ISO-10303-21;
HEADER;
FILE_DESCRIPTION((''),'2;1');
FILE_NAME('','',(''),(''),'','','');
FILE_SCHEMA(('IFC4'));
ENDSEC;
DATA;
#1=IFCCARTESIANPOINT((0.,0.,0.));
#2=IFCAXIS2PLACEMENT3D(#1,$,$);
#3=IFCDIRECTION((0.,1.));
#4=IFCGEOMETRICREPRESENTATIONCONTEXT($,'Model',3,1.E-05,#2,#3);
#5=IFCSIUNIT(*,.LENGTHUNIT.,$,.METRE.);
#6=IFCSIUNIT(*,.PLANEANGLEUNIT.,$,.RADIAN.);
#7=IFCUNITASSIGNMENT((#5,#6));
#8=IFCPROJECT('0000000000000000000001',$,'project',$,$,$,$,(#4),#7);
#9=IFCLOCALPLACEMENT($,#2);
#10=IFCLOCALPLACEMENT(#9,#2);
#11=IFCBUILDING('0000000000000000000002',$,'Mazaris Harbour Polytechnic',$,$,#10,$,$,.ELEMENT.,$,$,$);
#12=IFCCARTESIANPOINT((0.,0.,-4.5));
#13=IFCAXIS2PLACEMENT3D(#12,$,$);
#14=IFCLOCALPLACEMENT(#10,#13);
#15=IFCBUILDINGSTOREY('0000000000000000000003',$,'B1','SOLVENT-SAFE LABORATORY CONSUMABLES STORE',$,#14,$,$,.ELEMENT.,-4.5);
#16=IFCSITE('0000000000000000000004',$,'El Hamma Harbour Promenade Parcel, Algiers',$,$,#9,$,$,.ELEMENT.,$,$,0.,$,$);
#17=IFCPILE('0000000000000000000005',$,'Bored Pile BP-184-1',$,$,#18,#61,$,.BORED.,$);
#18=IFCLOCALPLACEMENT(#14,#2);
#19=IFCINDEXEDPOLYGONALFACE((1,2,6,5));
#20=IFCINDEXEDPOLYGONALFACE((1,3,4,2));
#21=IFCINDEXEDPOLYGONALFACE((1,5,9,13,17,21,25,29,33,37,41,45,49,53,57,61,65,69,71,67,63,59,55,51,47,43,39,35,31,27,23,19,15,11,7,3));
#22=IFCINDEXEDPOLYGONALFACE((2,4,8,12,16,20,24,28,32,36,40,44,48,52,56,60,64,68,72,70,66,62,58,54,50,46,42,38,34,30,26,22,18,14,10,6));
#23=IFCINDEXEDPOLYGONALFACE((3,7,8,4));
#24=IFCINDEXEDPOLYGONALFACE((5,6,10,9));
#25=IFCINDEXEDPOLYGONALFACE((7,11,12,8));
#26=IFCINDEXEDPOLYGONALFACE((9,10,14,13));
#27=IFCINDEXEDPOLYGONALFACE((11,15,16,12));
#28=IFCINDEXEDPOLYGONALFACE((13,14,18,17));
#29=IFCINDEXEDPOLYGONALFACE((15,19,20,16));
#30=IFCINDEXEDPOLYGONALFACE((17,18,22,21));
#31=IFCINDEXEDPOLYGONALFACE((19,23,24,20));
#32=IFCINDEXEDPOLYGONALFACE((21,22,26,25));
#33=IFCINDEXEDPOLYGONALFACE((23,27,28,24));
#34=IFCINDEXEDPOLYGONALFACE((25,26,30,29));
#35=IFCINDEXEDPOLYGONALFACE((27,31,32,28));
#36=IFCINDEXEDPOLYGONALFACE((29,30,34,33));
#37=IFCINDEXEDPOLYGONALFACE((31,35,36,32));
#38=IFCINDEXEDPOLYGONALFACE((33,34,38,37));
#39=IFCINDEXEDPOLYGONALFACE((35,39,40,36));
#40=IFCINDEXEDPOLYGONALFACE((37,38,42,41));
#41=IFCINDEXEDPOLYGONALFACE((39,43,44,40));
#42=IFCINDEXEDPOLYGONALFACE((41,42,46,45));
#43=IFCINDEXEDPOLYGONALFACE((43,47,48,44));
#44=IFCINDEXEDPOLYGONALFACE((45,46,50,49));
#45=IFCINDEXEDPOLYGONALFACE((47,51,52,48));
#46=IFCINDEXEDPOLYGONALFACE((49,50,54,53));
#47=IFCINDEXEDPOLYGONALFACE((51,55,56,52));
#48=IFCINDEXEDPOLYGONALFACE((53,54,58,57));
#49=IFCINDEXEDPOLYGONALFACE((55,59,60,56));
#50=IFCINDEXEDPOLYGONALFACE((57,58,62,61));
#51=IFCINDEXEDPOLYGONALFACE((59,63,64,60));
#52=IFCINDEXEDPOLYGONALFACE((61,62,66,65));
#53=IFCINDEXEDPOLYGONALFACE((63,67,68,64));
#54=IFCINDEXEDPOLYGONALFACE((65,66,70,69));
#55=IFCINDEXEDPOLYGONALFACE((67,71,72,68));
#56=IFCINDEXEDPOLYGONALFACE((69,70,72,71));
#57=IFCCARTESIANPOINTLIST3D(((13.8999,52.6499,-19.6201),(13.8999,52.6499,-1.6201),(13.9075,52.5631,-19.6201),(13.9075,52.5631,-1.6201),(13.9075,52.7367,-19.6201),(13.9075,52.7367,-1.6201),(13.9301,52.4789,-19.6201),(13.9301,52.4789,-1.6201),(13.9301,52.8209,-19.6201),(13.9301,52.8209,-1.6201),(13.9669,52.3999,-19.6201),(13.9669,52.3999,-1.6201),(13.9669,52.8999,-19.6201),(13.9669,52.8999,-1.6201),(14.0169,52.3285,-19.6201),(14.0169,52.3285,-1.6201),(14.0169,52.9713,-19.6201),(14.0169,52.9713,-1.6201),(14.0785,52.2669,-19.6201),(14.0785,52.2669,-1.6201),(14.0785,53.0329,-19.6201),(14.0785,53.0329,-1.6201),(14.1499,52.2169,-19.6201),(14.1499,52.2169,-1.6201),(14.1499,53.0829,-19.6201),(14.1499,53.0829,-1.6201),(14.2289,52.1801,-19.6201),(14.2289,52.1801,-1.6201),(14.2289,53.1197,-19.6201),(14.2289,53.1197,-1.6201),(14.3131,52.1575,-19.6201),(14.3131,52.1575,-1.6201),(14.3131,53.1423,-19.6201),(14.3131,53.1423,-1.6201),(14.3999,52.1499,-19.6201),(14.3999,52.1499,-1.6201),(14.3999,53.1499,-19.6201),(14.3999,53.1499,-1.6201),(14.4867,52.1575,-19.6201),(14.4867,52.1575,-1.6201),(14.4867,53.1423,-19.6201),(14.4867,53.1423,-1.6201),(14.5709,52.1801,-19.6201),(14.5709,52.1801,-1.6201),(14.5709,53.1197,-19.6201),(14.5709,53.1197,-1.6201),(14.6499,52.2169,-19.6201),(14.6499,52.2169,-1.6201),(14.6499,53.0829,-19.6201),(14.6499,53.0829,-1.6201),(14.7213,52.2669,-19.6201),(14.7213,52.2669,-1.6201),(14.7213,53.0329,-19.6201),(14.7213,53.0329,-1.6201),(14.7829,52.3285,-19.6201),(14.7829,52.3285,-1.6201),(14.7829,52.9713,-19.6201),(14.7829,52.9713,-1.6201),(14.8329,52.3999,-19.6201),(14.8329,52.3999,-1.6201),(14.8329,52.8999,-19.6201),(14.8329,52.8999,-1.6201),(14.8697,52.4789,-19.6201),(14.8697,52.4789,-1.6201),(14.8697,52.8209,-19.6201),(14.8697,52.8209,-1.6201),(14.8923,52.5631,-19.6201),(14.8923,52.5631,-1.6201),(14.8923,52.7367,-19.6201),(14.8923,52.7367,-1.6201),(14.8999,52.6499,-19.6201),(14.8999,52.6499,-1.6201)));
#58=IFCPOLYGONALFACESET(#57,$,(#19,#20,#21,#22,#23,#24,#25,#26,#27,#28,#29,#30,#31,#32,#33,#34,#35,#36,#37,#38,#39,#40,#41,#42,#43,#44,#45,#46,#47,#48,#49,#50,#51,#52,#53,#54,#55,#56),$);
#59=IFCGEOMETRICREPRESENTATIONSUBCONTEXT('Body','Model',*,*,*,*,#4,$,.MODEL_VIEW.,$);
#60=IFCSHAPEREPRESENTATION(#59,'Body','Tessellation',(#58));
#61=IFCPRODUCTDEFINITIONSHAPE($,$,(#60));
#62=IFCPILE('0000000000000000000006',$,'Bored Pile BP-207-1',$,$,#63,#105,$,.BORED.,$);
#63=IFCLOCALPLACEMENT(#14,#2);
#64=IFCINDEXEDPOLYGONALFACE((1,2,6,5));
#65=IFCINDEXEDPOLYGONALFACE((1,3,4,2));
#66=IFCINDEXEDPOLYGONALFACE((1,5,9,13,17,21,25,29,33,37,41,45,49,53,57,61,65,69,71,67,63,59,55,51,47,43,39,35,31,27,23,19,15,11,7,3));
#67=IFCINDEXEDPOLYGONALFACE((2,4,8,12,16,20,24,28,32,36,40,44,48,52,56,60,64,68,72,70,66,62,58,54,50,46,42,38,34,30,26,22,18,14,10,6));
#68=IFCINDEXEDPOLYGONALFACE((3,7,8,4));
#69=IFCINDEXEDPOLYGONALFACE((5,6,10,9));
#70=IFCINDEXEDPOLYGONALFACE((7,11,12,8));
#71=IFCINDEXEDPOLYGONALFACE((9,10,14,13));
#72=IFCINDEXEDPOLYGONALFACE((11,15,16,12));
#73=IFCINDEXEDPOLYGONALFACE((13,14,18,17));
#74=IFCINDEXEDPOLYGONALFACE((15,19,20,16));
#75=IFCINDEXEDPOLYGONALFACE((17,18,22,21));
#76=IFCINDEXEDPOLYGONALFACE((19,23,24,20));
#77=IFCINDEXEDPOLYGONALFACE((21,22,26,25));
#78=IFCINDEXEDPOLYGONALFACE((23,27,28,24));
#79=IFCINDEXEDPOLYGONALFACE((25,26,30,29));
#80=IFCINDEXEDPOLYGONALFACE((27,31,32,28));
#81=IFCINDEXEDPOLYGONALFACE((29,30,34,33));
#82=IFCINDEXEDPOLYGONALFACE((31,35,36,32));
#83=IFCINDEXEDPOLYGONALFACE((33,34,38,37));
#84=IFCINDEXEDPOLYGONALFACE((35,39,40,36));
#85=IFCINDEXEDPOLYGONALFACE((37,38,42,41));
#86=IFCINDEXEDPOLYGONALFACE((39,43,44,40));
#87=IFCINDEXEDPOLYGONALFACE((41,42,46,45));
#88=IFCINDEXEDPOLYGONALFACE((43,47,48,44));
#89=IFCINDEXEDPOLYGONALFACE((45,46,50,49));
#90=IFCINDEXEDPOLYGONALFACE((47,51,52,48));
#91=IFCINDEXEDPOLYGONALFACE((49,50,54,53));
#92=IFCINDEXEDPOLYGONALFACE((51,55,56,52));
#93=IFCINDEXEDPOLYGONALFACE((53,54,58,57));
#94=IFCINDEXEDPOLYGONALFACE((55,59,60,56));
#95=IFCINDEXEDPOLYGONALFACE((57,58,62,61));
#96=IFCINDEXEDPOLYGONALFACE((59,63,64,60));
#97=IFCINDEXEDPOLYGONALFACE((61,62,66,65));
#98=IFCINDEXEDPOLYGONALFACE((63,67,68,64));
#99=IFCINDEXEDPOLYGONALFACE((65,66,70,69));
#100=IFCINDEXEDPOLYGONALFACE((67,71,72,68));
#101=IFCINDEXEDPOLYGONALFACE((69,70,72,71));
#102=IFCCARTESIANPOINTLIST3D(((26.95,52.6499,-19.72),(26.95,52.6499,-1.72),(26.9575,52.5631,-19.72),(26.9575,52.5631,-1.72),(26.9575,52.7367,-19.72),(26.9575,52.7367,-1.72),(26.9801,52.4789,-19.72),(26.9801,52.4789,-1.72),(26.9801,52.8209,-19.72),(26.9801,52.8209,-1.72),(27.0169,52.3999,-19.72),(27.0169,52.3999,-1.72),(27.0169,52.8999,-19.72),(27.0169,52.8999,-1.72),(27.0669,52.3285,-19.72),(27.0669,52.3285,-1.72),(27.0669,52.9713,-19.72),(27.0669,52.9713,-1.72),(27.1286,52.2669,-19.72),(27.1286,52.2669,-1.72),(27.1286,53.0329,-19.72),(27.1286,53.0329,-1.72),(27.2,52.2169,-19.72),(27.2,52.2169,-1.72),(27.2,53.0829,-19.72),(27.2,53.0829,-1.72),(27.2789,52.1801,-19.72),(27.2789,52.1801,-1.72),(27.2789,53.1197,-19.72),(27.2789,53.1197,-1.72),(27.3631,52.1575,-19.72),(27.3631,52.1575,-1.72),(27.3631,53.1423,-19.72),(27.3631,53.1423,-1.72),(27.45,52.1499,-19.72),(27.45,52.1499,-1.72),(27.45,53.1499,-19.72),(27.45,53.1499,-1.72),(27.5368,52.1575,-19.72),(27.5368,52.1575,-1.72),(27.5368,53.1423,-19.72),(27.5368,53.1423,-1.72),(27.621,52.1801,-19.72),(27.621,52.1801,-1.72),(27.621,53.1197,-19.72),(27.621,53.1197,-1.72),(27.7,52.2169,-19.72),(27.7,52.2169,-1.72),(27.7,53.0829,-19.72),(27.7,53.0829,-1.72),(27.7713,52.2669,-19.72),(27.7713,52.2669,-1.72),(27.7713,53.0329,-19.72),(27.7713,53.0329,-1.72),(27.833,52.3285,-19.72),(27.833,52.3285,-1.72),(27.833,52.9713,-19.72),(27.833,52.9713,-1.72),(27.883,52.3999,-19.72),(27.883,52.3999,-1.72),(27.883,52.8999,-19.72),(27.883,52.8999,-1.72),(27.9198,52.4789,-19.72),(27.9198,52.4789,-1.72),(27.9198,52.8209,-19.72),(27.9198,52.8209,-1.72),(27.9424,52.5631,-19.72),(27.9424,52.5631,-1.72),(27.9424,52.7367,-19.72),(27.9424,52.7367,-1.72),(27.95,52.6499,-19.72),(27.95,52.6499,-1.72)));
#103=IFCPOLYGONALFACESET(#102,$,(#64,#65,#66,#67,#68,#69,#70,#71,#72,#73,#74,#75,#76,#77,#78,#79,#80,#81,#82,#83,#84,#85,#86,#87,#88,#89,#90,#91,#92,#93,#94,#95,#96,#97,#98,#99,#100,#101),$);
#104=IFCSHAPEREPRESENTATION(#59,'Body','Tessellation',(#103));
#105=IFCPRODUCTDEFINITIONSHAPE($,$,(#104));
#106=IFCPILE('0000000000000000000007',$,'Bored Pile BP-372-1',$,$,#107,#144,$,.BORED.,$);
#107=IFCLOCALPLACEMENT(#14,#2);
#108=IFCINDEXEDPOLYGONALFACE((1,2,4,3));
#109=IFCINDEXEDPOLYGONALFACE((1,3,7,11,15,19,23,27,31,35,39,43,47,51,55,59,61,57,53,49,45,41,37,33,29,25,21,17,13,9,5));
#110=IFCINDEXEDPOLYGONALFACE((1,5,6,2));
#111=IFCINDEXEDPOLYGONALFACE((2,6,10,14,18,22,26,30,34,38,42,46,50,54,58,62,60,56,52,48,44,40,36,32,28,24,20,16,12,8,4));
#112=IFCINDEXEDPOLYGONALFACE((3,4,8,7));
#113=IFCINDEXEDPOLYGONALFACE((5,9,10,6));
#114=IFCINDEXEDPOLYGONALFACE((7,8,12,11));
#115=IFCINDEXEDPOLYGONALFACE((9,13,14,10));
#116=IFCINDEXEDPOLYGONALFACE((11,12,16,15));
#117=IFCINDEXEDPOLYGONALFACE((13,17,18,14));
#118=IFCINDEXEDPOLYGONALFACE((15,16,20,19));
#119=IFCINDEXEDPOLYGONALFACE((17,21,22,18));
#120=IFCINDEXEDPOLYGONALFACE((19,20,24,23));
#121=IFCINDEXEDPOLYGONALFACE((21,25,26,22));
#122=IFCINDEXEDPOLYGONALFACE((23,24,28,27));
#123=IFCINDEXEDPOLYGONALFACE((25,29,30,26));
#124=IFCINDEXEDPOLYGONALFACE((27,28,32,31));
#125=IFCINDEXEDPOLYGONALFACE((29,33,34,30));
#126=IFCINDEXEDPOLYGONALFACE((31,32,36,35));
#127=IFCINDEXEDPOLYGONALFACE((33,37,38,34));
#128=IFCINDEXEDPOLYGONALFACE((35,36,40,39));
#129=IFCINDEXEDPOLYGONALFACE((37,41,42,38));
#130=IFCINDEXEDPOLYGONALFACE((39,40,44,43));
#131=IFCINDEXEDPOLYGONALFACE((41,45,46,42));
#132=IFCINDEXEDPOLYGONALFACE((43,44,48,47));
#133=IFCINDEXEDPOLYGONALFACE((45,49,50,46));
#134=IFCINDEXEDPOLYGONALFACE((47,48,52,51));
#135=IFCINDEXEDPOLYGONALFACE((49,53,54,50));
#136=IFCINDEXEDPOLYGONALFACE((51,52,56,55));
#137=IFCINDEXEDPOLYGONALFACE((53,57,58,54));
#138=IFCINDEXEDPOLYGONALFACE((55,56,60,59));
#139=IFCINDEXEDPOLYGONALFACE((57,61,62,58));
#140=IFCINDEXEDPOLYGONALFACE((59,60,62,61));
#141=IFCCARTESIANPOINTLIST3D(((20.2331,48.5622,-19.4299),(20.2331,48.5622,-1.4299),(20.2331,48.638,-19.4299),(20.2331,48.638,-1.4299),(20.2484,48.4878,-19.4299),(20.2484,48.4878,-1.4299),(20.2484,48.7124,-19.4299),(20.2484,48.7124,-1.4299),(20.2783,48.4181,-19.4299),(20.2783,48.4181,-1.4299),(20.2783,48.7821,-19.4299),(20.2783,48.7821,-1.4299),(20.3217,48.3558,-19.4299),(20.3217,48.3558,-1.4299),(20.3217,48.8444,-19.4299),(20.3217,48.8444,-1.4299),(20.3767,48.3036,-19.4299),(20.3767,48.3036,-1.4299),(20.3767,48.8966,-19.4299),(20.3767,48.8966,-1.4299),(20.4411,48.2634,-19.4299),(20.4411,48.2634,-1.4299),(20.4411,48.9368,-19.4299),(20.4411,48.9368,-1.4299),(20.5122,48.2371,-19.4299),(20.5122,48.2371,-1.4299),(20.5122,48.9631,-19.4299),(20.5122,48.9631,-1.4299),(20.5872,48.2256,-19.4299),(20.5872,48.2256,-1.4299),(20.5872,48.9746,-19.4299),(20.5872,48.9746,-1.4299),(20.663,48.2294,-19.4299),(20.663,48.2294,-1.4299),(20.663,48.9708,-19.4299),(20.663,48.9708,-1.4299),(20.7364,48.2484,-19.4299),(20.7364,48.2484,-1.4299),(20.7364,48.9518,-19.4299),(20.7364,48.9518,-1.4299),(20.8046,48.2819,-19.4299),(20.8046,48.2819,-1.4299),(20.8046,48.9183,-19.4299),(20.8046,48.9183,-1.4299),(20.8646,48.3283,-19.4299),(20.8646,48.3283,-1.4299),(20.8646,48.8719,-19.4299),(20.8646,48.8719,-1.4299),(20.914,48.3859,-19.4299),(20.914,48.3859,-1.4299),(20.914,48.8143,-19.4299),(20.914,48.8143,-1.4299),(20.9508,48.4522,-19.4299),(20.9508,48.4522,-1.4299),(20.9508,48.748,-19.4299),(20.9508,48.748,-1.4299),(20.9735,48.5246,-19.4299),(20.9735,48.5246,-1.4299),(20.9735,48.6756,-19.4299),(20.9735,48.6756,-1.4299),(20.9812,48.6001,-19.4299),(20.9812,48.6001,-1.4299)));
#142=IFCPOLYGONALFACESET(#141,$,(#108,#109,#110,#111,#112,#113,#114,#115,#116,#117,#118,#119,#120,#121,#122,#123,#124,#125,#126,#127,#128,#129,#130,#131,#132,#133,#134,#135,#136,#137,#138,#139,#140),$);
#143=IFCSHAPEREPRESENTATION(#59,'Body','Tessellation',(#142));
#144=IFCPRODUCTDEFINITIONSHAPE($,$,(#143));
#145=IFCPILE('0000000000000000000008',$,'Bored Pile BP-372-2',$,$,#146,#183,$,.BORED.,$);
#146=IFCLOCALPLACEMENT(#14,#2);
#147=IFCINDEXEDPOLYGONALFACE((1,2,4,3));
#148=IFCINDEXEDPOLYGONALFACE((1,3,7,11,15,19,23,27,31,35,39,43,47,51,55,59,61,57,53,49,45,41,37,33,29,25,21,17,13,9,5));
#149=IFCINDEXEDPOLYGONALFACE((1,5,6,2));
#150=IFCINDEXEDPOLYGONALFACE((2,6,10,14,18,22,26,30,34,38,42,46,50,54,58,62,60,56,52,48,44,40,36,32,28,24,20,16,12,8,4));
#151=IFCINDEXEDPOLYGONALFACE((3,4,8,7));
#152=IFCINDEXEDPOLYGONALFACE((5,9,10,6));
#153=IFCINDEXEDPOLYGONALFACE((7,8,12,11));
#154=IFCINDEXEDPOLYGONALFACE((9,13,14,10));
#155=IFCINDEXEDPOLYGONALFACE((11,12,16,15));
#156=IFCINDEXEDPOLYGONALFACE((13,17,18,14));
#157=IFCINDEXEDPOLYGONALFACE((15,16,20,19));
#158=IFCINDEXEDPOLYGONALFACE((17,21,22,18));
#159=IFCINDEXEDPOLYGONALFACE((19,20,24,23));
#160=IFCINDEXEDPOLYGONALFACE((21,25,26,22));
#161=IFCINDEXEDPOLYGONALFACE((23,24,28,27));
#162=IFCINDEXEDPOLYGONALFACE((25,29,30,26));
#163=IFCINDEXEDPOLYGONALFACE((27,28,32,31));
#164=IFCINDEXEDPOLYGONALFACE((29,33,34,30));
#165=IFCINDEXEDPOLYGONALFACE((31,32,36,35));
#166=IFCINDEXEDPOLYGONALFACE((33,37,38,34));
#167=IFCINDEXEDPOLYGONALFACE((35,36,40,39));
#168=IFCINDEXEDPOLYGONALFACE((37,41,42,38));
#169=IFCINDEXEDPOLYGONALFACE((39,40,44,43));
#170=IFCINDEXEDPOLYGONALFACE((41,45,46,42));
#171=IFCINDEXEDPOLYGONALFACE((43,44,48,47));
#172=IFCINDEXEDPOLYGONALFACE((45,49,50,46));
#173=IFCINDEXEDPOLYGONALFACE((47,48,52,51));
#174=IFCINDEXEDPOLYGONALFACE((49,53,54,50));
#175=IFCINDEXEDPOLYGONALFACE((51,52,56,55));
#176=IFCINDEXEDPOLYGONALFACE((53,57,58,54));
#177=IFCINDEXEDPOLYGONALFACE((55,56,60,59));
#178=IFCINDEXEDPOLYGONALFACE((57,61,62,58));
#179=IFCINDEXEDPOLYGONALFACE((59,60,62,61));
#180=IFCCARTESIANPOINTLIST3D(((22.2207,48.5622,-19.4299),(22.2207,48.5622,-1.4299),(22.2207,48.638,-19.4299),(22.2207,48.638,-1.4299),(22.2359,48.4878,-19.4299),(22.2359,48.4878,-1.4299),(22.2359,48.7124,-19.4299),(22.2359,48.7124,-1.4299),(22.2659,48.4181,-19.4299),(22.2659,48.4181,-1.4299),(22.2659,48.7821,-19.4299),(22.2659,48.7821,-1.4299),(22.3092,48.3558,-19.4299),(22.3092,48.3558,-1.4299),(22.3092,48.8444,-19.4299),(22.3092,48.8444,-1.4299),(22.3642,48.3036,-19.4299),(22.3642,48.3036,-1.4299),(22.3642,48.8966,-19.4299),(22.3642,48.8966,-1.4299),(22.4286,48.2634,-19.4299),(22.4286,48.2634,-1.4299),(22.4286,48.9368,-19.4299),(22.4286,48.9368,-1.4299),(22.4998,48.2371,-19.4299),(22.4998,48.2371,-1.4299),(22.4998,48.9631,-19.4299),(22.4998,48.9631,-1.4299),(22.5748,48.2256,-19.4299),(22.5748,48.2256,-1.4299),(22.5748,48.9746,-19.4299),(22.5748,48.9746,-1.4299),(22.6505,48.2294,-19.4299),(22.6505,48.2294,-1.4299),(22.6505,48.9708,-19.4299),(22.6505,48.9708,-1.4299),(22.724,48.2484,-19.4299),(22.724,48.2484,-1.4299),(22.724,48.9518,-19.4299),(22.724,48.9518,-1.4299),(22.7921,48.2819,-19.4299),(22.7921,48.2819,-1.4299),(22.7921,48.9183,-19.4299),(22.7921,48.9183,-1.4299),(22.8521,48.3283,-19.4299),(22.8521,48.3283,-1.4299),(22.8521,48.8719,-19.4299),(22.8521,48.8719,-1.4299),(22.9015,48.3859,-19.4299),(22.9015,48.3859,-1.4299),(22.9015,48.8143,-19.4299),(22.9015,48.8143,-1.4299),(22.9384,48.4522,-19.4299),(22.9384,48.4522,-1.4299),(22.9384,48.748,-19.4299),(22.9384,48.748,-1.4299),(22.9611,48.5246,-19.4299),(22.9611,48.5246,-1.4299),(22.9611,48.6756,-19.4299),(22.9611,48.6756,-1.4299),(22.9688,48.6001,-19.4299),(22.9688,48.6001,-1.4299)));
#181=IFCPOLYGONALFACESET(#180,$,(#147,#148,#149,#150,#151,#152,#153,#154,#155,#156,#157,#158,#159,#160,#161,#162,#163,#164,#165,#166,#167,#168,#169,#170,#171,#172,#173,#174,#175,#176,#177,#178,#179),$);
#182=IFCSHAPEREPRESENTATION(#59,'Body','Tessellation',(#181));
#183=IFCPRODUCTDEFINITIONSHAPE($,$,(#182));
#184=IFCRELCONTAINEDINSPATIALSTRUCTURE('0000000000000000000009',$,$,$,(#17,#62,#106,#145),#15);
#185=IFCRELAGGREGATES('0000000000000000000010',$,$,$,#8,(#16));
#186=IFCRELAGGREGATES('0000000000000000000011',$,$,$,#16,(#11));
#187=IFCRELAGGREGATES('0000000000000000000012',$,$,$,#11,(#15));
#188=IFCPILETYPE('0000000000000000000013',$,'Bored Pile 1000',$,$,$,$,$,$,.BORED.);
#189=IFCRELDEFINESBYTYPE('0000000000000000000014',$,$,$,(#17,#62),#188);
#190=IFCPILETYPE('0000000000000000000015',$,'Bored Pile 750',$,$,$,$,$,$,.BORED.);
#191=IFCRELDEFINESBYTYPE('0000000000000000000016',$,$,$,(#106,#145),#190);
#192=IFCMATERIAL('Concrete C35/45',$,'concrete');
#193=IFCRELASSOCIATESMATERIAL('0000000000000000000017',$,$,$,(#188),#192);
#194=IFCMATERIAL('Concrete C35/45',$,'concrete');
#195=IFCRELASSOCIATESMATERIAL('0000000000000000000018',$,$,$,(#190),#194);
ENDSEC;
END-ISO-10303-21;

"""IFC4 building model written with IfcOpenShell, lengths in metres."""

from ifc_helpers import new_model, si_unit, direction, frame, origin, origin_2d, place, context, subcontext, project, spatial, circle, extrude, material, material_profile, profile_set, type_object, element, save


model = new_model("IFC4")

# Units and contexts
model_context = context("Model", 3, precision=1e-05, world=origin(), true_north=direction((0.0, 1.0)))
body_context = subcontext(model_context, "Body", "Model", "MODEL_VIEW")
ifc_project = project(units=[si_unit("LENGTHUNIT", "METRE"), si_unit("PLANEANGLEUNIT", "RADIAN")], contexts=[model_context])

# Site, building, storey
site_placement = place(None, origin())
site = spatial("IfcSite", under=ifc_project, at=site_placement, Name="El Hamma Harbour Promenade Parcel, Algiers", CompositionType="ELEMENT", RefElevation=0.0)
building_placement = place(site_placement, origin())
building = spatial("IfcBuilding", under=site, at=building_placement, Name="Mazaris Harbour Polytechnic", CompositionType="ELEMENT")
storey_placement = place(building_placement, frame((0.0, 0.0, -4.5)))
storey = spatial("IfcBuildingStorey", under=building, at=storey_placement, Name="B1", Description="SOLVENT-SAFE LABORATORY CONSUMABLES STORE", CompositionType="ELEMENT", Elevation=-4.5)

# Piles
ifc_material_1 = material(Name="Concrete C35/45", Category="concrete")
ifc_material_profile_1 = material_profile(ifc_material_1, circle(Radius=0.5, at=origin_2d()), Name="DIA1000")
ifc_profile_set_1 = profile_set([ifc_material_profile_1], Name="Concrete C35/45")
pile_type_1 = type_object("IfcPileType", Name="Bored Pile 1000", PredefinedType="BORED", material=ifc_profile_set_1)
for number, where, z_axis, x_axis, name in (
    (1, (14.3999, 52.6499, -1.6201), (0.0, 0.0, -1.0), (1.0, 0.0, 0.0), "Bored Pile BP-184-1"),
    (2, (27.45, 52.6499, -1.72), (0.0, 0.0, -1.0), (1.0, 0.0, 0.0), "Bored Pile BP-207-1"),
):
    element("IfcPile", number, at=place(storey_placement, frame(where, z_axis=z_axis, x_axis=x_axis)), inside=storey, type_object=pile_type_1, Name=name, PredefinedType="BORED", context=body_context, shape_type="SweptSolid", body=[
        extrude(circle(Radius=0.5, at=origin_2d()), origin(), (0.0, 0.0, 1.0), 18.0),
    ])
ifc_material_2 = material(Name="Concrete C35/45", Category="concrete")
ifc_material_profile_2 = material_profile(ifc_material_2, circle(Radius=0.375, at=origin_2d()), Name="DIA750")
ifc_profile_set_2 = profile_set([ifc_material_profile_2], Name="Concrete C35/45")
pile_type_2 = type_object("IfcPileType", Name="Bored Pile 750", PredefinedType="BORED", material=ifc_profile_set_2)
for number, where, z_axis, x_axis, name in (
    (3, (20.6062, 48.6001, -1.4299), (0.0, 0.0, -1.0), (1.0, 0.0, 0.0), "Bored Pile BP-372-1"),
    (4, (22.5938, 48.6001, -1.4299), (0.0, 0.0, -1.0), (1.0, 0.0, 0.0), "Bored Pile BP-372-2"),
):
    element("IfcPile", number, at=place(storey_placement, frame(where, z_axis=z_axis, x_axis=x_axis)), inside=storey, type_object=pile_type_2, Name=name, PredefinedType="BORED", context=body_context, shape_type="SweptSolid", body=[
        extrude(circle(Radius=0.375, at=origin_2d()), origin(), (0.0, 0.0, 1.0), 18.0),
    ])

save(model, "model.ifc")
